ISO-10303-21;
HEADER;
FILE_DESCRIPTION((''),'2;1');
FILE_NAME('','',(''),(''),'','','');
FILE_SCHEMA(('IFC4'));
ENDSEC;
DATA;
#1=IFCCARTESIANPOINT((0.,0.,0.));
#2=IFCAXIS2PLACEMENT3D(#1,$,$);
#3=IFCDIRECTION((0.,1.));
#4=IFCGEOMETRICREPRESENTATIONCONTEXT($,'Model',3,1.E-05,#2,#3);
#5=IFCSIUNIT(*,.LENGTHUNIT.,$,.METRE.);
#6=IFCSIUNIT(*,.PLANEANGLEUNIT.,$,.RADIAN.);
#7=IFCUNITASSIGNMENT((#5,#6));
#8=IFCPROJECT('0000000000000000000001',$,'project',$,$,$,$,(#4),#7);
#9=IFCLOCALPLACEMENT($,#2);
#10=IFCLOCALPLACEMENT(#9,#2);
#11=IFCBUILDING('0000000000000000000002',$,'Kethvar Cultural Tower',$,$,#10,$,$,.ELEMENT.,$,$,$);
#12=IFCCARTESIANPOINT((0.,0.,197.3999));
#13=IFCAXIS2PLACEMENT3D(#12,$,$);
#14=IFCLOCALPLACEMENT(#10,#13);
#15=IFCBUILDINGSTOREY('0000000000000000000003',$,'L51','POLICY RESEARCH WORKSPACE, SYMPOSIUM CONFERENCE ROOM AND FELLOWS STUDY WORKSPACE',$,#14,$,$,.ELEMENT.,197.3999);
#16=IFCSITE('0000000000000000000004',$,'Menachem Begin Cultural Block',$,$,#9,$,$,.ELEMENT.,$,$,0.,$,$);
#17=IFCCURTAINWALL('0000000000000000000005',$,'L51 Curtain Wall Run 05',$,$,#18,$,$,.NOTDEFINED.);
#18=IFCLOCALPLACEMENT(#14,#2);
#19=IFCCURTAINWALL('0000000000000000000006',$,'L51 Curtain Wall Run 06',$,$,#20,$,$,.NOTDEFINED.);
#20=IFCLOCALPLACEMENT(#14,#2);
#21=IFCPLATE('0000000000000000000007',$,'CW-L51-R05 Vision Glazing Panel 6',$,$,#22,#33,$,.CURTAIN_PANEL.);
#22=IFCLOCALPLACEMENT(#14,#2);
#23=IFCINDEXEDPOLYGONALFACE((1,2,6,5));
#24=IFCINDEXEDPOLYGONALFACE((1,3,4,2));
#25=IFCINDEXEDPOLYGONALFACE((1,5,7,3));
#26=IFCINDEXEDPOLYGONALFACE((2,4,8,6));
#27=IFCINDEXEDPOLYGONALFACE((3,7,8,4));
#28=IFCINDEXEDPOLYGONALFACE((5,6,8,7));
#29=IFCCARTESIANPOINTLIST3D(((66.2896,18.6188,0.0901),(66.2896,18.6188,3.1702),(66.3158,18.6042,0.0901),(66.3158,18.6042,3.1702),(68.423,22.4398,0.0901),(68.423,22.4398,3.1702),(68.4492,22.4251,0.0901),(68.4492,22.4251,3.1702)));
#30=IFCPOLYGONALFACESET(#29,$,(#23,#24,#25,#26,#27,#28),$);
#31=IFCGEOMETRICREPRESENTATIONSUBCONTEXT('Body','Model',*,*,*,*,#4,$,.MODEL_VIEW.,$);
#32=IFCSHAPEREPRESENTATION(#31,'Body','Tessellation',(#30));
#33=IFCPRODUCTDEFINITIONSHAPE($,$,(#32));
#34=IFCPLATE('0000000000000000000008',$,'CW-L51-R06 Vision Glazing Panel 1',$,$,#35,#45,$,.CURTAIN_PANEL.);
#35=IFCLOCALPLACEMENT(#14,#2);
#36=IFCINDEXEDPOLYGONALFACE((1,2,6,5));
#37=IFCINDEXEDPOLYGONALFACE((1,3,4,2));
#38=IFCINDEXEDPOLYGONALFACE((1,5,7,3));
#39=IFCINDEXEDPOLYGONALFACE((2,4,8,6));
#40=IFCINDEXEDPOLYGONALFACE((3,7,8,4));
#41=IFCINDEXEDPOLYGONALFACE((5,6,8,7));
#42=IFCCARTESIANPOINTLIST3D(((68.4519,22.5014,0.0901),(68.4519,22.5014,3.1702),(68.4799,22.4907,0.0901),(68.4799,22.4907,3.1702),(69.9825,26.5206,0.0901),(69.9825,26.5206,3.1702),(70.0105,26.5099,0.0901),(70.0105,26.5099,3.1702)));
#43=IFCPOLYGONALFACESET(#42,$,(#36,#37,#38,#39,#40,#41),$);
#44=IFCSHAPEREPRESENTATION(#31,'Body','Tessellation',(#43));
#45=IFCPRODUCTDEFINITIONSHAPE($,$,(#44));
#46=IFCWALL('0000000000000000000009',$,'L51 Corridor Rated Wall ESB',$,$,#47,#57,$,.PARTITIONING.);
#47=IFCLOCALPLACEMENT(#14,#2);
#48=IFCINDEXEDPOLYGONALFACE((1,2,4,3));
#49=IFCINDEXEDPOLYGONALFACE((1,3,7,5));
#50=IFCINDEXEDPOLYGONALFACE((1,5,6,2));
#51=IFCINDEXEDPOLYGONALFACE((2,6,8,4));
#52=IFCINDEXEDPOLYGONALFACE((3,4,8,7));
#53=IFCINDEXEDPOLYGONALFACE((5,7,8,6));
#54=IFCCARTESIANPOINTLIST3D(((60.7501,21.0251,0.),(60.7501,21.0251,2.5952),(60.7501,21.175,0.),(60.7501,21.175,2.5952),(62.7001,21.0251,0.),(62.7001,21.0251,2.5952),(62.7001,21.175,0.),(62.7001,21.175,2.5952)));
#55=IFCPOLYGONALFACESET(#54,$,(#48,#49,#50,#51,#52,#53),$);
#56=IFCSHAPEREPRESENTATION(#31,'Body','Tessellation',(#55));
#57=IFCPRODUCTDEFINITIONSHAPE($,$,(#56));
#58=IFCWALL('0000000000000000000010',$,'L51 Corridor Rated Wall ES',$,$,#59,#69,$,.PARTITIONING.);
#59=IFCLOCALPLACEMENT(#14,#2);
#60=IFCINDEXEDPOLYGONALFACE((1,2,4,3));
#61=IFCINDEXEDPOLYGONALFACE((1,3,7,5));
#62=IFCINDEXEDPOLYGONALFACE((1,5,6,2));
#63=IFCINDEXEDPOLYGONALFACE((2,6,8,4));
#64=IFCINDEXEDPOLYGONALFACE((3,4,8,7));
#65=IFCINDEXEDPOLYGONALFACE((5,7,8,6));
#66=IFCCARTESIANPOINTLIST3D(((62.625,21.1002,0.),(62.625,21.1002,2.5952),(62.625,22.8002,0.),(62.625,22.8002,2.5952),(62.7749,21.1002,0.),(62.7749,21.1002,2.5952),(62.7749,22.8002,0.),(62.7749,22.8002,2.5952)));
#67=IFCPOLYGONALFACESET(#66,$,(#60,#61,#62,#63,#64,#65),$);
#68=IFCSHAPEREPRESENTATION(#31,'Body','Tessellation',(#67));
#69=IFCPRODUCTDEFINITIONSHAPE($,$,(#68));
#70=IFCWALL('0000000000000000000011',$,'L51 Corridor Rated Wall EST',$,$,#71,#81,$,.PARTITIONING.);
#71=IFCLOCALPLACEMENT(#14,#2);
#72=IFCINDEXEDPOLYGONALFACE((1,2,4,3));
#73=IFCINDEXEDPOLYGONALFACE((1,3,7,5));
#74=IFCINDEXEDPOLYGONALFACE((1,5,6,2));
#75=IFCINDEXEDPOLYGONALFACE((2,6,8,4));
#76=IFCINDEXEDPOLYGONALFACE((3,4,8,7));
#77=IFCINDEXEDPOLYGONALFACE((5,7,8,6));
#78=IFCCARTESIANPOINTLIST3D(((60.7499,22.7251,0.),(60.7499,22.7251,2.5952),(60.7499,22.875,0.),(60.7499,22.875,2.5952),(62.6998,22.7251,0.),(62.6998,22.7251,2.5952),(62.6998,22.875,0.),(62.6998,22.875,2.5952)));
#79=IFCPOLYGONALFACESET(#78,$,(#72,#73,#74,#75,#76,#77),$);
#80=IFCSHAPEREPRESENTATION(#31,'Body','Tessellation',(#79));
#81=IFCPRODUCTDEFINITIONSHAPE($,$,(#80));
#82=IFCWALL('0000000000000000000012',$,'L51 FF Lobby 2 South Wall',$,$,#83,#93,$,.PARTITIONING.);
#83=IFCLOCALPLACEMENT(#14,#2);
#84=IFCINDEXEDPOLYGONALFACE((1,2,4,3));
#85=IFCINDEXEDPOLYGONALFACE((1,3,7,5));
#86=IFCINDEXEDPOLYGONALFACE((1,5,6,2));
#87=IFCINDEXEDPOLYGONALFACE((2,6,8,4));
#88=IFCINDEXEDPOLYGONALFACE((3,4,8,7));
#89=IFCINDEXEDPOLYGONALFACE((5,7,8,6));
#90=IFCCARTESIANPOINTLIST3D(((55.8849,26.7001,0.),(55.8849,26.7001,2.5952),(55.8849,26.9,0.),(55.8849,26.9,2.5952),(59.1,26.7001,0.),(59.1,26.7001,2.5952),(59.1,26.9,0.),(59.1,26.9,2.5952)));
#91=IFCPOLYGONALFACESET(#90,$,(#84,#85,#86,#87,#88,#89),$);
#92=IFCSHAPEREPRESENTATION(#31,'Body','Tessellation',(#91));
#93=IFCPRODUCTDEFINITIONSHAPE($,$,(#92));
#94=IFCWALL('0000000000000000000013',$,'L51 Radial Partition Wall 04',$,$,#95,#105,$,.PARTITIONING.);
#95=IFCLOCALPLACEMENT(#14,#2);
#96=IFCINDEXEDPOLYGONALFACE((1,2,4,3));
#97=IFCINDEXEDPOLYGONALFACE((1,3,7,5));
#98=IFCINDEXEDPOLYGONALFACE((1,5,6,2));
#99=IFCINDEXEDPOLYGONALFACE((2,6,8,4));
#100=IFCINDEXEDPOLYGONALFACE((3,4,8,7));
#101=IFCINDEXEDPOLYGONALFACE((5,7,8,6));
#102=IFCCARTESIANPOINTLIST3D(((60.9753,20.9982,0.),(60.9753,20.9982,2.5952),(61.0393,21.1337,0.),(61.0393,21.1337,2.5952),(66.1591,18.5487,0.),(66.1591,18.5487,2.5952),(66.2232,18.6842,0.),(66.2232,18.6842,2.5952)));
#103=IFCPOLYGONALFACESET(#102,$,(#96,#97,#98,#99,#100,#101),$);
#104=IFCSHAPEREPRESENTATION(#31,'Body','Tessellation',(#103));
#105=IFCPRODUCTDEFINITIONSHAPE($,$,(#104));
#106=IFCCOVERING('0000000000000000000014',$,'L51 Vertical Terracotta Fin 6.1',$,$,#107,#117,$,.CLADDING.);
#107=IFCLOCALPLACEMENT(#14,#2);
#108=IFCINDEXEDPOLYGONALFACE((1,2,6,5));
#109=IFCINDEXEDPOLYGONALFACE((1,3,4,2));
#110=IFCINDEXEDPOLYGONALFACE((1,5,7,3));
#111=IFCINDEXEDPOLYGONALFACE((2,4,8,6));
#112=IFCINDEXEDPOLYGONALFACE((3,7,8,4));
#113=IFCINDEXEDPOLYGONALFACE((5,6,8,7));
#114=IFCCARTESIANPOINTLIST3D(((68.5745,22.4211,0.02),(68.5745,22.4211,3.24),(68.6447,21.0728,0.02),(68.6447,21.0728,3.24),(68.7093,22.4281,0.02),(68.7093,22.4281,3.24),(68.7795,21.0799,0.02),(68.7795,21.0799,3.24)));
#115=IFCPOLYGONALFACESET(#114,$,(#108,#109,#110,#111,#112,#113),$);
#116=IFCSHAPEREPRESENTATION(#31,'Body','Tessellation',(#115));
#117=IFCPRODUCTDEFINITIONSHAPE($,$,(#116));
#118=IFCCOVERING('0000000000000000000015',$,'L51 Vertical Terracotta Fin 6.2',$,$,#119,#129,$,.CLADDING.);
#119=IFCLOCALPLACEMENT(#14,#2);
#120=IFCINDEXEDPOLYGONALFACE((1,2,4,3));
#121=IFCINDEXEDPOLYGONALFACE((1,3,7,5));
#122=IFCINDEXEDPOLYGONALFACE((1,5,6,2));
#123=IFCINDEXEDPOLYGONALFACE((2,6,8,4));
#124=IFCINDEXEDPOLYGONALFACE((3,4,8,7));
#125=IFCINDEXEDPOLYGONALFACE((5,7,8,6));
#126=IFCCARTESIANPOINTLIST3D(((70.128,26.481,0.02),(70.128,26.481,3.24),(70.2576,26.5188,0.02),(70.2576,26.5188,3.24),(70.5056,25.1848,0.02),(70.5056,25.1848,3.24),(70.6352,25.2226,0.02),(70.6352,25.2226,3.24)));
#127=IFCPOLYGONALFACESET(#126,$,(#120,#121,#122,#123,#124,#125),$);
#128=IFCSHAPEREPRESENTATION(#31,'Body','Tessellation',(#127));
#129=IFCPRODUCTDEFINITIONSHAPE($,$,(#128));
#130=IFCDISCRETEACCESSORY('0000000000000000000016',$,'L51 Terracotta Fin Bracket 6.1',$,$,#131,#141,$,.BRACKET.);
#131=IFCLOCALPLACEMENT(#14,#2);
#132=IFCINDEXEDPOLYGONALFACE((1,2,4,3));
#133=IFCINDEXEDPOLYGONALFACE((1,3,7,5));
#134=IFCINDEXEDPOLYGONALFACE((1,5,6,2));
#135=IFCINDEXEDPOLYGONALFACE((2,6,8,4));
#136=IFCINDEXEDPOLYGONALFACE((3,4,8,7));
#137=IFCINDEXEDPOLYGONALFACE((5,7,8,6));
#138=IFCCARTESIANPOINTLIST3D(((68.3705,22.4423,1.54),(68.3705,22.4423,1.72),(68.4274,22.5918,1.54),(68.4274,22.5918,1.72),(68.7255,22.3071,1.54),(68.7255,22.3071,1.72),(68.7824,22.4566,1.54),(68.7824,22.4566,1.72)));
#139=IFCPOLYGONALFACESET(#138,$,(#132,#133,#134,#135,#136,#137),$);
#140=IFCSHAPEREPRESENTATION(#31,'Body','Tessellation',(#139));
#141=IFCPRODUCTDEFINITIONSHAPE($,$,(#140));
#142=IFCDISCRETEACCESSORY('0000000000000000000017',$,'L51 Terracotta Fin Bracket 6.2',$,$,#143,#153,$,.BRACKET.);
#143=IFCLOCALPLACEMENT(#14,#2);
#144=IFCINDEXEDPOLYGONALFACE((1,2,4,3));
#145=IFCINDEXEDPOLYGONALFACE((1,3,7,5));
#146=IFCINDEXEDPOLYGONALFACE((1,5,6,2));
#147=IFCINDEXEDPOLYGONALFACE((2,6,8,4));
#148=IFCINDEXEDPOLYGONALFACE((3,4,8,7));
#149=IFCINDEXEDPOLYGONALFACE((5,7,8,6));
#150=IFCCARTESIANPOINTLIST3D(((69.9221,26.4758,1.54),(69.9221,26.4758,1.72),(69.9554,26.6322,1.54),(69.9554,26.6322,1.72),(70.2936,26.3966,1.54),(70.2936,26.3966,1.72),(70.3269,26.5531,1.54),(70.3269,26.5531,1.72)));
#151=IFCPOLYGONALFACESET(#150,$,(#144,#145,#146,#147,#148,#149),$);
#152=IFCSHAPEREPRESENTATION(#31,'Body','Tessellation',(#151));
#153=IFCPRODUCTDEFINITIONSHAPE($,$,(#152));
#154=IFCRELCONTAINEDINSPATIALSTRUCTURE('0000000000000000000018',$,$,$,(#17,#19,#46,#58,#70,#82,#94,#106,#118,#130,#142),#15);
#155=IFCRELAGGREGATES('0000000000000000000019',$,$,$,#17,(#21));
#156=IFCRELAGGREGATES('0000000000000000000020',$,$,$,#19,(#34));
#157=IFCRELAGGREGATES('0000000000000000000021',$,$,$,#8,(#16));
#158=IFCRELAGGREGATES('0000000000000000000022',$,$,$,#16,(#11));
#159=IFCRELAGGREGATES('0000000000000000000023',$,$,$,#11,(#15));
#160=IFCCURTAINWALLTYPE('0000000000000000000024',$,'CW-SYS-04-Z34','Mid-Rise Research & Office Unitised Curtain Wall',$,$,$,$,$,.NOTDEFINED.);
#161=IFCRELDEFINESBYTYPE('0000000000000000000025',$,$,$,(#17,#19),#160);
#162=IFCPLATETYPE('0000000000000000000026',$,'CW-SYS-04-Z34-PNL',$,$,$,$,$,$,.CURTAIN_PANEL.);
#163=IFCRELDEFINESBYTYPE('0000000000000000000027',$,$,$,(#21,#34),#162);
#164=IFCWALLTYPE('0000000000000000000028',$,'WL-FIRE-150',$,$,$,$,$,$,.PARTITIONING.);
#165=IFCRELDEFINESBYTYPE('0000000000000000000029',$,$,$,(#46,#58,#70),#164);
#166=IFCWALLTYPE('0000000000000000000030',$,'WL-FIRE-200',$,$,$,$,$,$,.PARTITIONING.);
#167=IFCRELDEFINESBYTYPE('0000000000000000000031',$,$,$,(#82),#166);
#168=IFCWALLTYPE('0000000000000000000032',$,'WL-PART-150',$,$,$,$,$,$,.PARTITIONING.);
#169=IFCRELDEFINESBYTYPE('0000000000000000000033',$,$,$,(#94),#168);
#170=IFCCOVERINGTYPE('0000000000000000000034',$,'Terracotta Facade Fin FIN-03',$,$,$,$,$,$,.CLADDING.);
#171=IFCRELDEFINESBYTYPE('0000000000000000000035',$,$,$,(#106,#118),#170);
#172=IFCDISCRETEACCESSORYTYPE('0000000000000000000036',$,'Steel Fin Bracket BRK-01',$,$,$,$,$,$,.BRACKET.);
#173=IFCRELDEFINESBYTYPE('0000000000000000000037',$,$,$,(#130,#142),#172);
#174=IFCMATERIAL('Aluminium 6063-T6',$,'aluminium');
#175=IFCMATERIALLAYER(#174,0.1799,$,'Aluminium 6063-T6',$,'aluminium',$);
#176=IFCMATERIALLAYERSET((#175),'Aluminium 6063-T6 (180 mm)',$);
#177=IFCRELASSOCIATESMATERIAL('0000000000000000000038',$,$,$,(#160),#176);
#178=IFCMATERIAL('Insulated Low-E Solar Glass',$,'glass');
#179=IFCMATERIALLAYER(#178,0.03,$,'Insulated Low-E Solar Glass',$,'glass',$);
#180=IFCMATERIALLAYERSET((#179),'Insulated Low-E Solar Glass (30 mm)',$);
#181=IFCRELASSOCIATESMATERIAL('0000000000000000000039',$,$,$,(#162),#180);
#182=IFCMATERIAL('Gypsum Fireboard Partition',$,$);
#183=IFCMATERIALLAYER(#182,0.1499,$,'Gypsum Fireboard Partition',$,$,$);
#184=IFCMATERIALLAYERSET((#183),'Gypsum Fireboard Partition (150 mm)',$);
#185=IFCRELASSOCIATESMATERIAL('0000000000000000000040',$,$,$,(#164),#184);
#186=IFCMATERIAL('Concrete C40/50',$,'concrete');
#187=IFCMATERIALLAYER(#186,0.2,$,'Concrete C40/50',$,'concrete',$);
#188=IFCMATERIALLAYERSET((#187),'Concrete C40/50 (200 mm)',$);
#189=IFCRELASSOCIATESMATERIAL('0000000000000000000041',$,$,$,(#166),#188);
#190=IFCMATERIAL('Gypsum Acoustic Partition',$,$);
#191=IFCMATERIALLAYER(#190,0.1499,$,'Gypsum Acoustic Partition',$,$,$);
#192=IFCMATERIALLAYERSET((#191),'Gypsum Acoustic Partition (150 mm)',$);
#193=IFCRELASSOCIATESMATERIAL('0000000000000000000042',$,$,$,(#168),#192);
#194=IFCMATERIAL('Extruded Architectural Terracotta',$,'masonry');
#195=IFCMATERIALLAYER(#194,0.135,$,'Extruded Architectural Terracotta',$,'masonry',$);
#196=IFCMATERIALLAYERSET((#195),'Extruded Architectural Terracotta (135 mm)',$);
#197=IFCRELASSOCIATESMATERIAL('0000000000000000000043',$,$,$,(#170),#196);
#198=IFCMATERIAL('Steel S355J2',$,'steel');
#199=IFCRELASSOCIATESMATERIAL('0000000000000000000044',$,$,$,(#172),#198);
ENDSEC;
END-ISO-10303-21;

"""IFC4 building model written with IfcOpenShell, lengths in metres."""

from ifc_helpers import new_model, si_unit, direction, frame, frame_2d, origin, origin_2d, place, context, subcontext, project, spatial, rectangle, extrude, source, transform, mapped, material, layer, layer_set, type_object, element, aggregate, save


model = new_model("IFC4")

# Units and contexts
model_context = context("Model", 3, precision=1e-05, world=origin(), true_north=direction((0.0, 1.0)))
body_context = subcontext(model_context, "Body", "Model", "MODEL_VIEW")
ifc_project = project(units=[si_unit("LENGTHUNIT", "METRE"), si_unit("PLANEANGLEUNIT", "RADIAN")], contexts=[model_context])

# Site, building, storey
site_placement = place(None, origin())
site = spatial("IfcSite", under=ifc_project, at=site_placement, Name="Menachem Begin Cultural Block", CompositionType="ELEMENT", RefElevation=0.0)
building_placement = place(site_placement, origin())
building = spatial("IfcBuilding", under=site, at=building_placement, Name="Kethvar Cultural Tower", CompositionType="ELEMENT")
storey_placement = place(building_placement, frame((0.0, 0.0, 197.3999)))
storey = spatial("IfcBuildingStorey", under=building, at=storey_placement, Name="L51", Description="POLICY RESEARCH WORKSPACE, SYMPOSIUM CONFERENCE ROOM AND FELLOWS STUDY WORKSPACE", CompositionType="ELEMENT", Elevation=197.3999)

# Shared definitions
ifc_material_1 = material(Name="Steel S355J2", Category="steel")

# Curtain walls
ifc_material_2 = material(Name="Aluminium 6063-T6", Category="aluminium")
ifc_layer_1 = layer(ifc_material_2, 0.1799, Name="Aluminium 6063-T6", Category="aluminium")
ifc_layer_set_1 = layer_set([ifc_layer_1], Name="Aluminium 6063-T6 (180 mm)")
curtain_wall_type = type_object("IfcCurtainWallType", Name="CW-SYS-04-Z34", Description="Mid-Rise Research & Office Unitised Curtain Wall", PredefinedType="NOTDEFINED", material=ifc_layer_set_1)
curtain_wall_1_placement = place(storey_placement, origin())
curtain_wall_1 = element("IfcCurtainWall", 1, at=curtain_wall_1_placement, inside=storey, type_object=curtain_wall_type, Name="L51 Curtain Wall Run 05", PredefinedType="NOTDEFINED")
curtain_wall_2_placement = place(storey_placement, origin())
curtain_wall_2 = element("IfcCurtainWall", 2, at=curtain_wall_2_placement, inside=storey, type_object=curtain_wall_type, Name="L51 Curtain Wall Run 06", PredefinedType="NOTDEFINED")

# Plates
ifc_material_3 = material(Name="Insulated Low-E Solar Glass", Category="glass")
ifc_layer_2 = layer(ifc_material_3, 0.03, Name="Insulated Low-E Solar Glass", Category="glass")
ifc_layer_set_2 = layer_set([ifc_layer_2], Name="Insulated Low-E Solar Glass (30 mm)")
plate_type = type_object("IfcPlateType", Name="CW-SYS-04-Z34-PNL", PredefinedType="CURTAIN_PANEL", material=ifc_layer_set_2)
shared_shape_1 = source(origin(), body_context, "Body", "SweptSolid", [
    extrude(rectangle(XDim=4.3762, YDim=0.03, at=origin_2d()), origin(), (0.0, 0.0, 1.0), 3.0801),
])
plate_1_placement = place(storey_placement, frame((67.3694, 20.522, 0.0901), z_axis=(0.0, 0.0, 1.0), x_axis=(0.487509, 0.873118, 0.0)))
plate_1 = element("IfcPlate", 3, at=plate_1_placement, type_object=plate_type, Name="CW-L51-R05 Vision Glazing Panel 6", PredefinedType="CURTAIN_PANEL", context=body_context, shape_type="MappedRepresentation", body=[
    mapped(shared_shape_1, transform((0.0, 0.0, 0.0), scale=1.0)),
])
aggregate(curtain_wall_1, [plate_1])
shared_shape_2 = source(origin(), body_context, "Body", "SweptSolid", [
    extrude(rectangle(XDim=4.3008, YDim=0.03, at=origin_2d()), origin(), (0.0, 0.0, 1.0), 3.0801),
])
plate_2_placement = place(storey_placement, frame((69.2312, 24.5056, 0.0901), z_axis=(0.0, 0.0, 1.0), x_axis=(0.35589, 0.934528, 0.0)))
plate_2 = element("IfcPlate", 4, at=plate_2_placement, type_object=plate_type, Name="CW-L51-R06 Vision Glazing Panel 1", PredefinedType="CURTAIN_PANEL", context=body_context, shape_type="MappedRepresentation", body=[
    mapped(shared_shape_2, transform((0.0, 0.0, 0.0), scale=1.0)),
])
aggregate(curtain_wall_2, [plate_2])

# Walls
ifc_material_4 = material(Name="Gypsum Fireboard Partition")
ifc_layer_3 = layer(ifc_material_4, 0.1499, Name="Gypsum Fireboard Partition")
ifc_layer_set_3 = layer_set([ifc_layer_3], Name="Gypsum Fireboard Partition (150 mm)")
wall_type_1 = type_object("IfcWallType", Name="WL-FIRE-150", PredefinedType="PARTITIONING", material=ifc_layer_set_3)
wall_1_placement = place(storey_placement, frame((60.75, 21.1001, 0.0), z_axis=(0.0, 0.0, 1.0), x_axis=(1.0, 0.0, 0.0)))
element("IfcWall", 5, at=wall_1_placement, inside=storey, type_object=wall_type_1, Name="L51 Corridor Rated Wall ESB", PredefinedType="PARTITIONING", context=body_context, shape_type="SweptSolid", body=[
    extrude(rectangle(XDim=1.95, YDim=0.1499, at=frame_2d((0.9751, 0.0))), origin(), (0.0, 0.0, 1.0), 2.5952),
])
wall_2_placement = place(storey_placement, frame((62.7, 21.1001, 0.0), z_axis=(0.0, 0.0, 1.0), x_axis=(0.0, 1.0, 0.0)))
element("IfcWall", 6, at=wall_2_placement, inside=storey, type_object=wall_type_1, Name="L51 Corridor Rated Wall ES", PredefinedType="PARTITIONING", context=body_context, shape_type="SweptSolid", body=[
    extrude(rectangle(XDim=1.7, YDim=0.1499, at=frame_2d((0.8501, 0.0))), origin(), (0.0, 0.0, 1.0), 2.5952),
])
wall_3_placement = place(storey_placement, frame((62.7, 22.8, 0.0), z_axis=(0.0, 0.0, 1.0), x_axis=(-1.0, 0.0, 0.0)))
element("IfcWall", 7, at=wall_3_placement, inside=storey, type_object=wall_type_1, Name="L51 Corridor Rated Wall EST", PredefinedType="PARTITIONING", context=body_context, shape_type="SweptSolid", body=[
    extrude(rectangle(XDim=1.95, YDim=0.1499, at=frame_2d((0.9751, 0.0))), origin(), (0.0, 0.0, 1.0), 2.5952),
])

# Shared definitions
ifc_material_5 = material(Name="Concrete C40/50", Category="concrete")
ifc_layer_4 = layer(ifc_material_5, 0.2, Name="Concrete C40/50", Category="concrete")
ifc_layer_set_4 = layer_set([ifc_layer_4], Name="Concrete C40/50 (200 mm)")
wall_type_2 = type_object("IfcWallType", Name="WL-FIRE-200", PredefinedType="PARTITIONING", material=ifc_layer_set_4)

# Walls
wall_4_placement = place(storey_placement, frame((55.885, 26.8, 0.0), z_axis=(0.0, 0.0, 1.0), x_axis=(1.0, 0.0, 0.0)))
element("IfcWall", 8, at=wall_4_placement, inside=storey, type_object=wall_type_2, Name="L51 FF Lobby 2 South Wall", PredefinedType="PARTITIONING", context=body_context, shape_type="SweptSolid", body=[
    extrude(rectangle(XDim=3.2151, YDim=0.2, at=frame_2d((1.6074, 0.0))), origin(), (0.0, 0.0, 1.0), 2.5952),
])
ifc_material_6 = material(Name="Gypsum Acoustic Partition")
ifc_layer_5 = layer(ifc_material_6, 0.1499, Name="Gypsum Acoustic Partition")
ifc_layer_set_5 = layer_set([ifc_layer_5], Name="Gypsum Acoustic Partition (150 mm)")
wall_type_3 = type_object("IfcWallType", Name="WL-PART-150", PredefinedType="PARTITIONING", material=ifc_layer_set_5)
wall_5_placement = place(storey_placement, frame((61.0073, 21.0659, 0.0), z_axis=(0.0, 0.0, 1.0), x_axis=(0.904145, -0.427226, 0.0)))
element("IfcWall", 9, at=wall_5_placement, inside=storey, type_object=wall_type_3, Name="L51 Radial Partition Wall 04", PredefinedType="PARTITIONING", context=body_context, shape_type="SweptSolid", body=[
    extrude(rectangle(XDim=5.7334, YDim=0.1499, at=frame_2d((2.8667, 0.0))), origin(), (0.0, 0.0, 1.0), 2.5952),
])

# Coverings
ifc_material_7 = material(Name="Extruded Architectural Terracotta", Category="masonry")
ifc_layer_6 = layer(ifc_material_7, 0.135, Name="Extruded Architectural Terracotta", Category="masonry")
ifc_layer_set_6 = layer_set([ifc_layer_6], Name="Extruded Architectural Terracotta (135 mm)")
covering_type = type_object("IfcCoveringType", Name="Terracotta Facade Fin FIN-03", PredefinedType="CLADDING", material=ifc_layer_set_6)
shared_shape_3 = source(origin(), body_context, "Body", "SweptSolid", [
    extrude(rectangle(XDim=1.3501, YDim=0.135, at=origin_2d()), origin(), (0.0, 0.0, 1.0), 3.22),
])
for number, where, z_axis, x_axis, name in (
    (10, (68.677, 21.7505, 0.02), (0.0, 0.0, 1.0), (0.051987, -0.998648, 0.0), "L51 Vertical Terracotta Fin 6.1"),
    (11, (70.3816, 25.8518, 0.02), (0.0, 0.0, 1.0), (0.279661, -0.960099, 0.0), "L51 Vertical Terracotta Fin 6.2"),
):
    element("IfcCovering", number, at=place(storey_placement, frame(where, z_axis=z_axis, x_axis=x_axis)), inside=storey, type_object=covering_type, Name=name, PredefinedType="CLADDING", context=body_context, shape_type="MappedRepresentation", body=[
        mapped(shared_shape_3, transform((0.0, 0.0, 0.0), scale=1.0)),
    ])

# Discrete accessories
discrete_accessory_type = type_object("IfcDiscreteAccessoryType", Name="Steel Fin Bracket BRK-01", PredefinedType="BRACKET", material=ifc_material_1)
shared_shape_4 = source(origin(), body_context, "Body", "SweptSolid", [
    extrude(rectangle(XDim=0.3799, YDim=0.1599, at=origin_2d()), origin(), (0.0, 0.0, 1.0), 0.1799),
])
for number, where, z_axis, x_axis, name in (
    (12, (68.5764, 22.4495, 1.54), (0.0, 0.0, 1.0), (0.934515, -0.355923, 0.0), "L51 Terracotta Fin Bracket 6.1"),
    (13, (70.1245, 26.5144, 1.54), (0.0, 0.0, 1.0), (0.978075, -0.208253, 0.0), "L51 Terracotta Fin Bracket 6.2"),
):
    element("IfcDiscreteAccessory", number, at=place(storey_placement, frame(where, z_axis=z_axis, x_axis=x_axis)), inside=storey, type_object=discrete_accessory_type, Name=name, PredefinedType="BRACKET", context=body_context, shape_type="MappedRepresentation", body=[
        mapped(shared_shape_4, transform((0.0, 0.0, 0.0), scale=1.0)),
    ])

save(model, "model.ifc")
